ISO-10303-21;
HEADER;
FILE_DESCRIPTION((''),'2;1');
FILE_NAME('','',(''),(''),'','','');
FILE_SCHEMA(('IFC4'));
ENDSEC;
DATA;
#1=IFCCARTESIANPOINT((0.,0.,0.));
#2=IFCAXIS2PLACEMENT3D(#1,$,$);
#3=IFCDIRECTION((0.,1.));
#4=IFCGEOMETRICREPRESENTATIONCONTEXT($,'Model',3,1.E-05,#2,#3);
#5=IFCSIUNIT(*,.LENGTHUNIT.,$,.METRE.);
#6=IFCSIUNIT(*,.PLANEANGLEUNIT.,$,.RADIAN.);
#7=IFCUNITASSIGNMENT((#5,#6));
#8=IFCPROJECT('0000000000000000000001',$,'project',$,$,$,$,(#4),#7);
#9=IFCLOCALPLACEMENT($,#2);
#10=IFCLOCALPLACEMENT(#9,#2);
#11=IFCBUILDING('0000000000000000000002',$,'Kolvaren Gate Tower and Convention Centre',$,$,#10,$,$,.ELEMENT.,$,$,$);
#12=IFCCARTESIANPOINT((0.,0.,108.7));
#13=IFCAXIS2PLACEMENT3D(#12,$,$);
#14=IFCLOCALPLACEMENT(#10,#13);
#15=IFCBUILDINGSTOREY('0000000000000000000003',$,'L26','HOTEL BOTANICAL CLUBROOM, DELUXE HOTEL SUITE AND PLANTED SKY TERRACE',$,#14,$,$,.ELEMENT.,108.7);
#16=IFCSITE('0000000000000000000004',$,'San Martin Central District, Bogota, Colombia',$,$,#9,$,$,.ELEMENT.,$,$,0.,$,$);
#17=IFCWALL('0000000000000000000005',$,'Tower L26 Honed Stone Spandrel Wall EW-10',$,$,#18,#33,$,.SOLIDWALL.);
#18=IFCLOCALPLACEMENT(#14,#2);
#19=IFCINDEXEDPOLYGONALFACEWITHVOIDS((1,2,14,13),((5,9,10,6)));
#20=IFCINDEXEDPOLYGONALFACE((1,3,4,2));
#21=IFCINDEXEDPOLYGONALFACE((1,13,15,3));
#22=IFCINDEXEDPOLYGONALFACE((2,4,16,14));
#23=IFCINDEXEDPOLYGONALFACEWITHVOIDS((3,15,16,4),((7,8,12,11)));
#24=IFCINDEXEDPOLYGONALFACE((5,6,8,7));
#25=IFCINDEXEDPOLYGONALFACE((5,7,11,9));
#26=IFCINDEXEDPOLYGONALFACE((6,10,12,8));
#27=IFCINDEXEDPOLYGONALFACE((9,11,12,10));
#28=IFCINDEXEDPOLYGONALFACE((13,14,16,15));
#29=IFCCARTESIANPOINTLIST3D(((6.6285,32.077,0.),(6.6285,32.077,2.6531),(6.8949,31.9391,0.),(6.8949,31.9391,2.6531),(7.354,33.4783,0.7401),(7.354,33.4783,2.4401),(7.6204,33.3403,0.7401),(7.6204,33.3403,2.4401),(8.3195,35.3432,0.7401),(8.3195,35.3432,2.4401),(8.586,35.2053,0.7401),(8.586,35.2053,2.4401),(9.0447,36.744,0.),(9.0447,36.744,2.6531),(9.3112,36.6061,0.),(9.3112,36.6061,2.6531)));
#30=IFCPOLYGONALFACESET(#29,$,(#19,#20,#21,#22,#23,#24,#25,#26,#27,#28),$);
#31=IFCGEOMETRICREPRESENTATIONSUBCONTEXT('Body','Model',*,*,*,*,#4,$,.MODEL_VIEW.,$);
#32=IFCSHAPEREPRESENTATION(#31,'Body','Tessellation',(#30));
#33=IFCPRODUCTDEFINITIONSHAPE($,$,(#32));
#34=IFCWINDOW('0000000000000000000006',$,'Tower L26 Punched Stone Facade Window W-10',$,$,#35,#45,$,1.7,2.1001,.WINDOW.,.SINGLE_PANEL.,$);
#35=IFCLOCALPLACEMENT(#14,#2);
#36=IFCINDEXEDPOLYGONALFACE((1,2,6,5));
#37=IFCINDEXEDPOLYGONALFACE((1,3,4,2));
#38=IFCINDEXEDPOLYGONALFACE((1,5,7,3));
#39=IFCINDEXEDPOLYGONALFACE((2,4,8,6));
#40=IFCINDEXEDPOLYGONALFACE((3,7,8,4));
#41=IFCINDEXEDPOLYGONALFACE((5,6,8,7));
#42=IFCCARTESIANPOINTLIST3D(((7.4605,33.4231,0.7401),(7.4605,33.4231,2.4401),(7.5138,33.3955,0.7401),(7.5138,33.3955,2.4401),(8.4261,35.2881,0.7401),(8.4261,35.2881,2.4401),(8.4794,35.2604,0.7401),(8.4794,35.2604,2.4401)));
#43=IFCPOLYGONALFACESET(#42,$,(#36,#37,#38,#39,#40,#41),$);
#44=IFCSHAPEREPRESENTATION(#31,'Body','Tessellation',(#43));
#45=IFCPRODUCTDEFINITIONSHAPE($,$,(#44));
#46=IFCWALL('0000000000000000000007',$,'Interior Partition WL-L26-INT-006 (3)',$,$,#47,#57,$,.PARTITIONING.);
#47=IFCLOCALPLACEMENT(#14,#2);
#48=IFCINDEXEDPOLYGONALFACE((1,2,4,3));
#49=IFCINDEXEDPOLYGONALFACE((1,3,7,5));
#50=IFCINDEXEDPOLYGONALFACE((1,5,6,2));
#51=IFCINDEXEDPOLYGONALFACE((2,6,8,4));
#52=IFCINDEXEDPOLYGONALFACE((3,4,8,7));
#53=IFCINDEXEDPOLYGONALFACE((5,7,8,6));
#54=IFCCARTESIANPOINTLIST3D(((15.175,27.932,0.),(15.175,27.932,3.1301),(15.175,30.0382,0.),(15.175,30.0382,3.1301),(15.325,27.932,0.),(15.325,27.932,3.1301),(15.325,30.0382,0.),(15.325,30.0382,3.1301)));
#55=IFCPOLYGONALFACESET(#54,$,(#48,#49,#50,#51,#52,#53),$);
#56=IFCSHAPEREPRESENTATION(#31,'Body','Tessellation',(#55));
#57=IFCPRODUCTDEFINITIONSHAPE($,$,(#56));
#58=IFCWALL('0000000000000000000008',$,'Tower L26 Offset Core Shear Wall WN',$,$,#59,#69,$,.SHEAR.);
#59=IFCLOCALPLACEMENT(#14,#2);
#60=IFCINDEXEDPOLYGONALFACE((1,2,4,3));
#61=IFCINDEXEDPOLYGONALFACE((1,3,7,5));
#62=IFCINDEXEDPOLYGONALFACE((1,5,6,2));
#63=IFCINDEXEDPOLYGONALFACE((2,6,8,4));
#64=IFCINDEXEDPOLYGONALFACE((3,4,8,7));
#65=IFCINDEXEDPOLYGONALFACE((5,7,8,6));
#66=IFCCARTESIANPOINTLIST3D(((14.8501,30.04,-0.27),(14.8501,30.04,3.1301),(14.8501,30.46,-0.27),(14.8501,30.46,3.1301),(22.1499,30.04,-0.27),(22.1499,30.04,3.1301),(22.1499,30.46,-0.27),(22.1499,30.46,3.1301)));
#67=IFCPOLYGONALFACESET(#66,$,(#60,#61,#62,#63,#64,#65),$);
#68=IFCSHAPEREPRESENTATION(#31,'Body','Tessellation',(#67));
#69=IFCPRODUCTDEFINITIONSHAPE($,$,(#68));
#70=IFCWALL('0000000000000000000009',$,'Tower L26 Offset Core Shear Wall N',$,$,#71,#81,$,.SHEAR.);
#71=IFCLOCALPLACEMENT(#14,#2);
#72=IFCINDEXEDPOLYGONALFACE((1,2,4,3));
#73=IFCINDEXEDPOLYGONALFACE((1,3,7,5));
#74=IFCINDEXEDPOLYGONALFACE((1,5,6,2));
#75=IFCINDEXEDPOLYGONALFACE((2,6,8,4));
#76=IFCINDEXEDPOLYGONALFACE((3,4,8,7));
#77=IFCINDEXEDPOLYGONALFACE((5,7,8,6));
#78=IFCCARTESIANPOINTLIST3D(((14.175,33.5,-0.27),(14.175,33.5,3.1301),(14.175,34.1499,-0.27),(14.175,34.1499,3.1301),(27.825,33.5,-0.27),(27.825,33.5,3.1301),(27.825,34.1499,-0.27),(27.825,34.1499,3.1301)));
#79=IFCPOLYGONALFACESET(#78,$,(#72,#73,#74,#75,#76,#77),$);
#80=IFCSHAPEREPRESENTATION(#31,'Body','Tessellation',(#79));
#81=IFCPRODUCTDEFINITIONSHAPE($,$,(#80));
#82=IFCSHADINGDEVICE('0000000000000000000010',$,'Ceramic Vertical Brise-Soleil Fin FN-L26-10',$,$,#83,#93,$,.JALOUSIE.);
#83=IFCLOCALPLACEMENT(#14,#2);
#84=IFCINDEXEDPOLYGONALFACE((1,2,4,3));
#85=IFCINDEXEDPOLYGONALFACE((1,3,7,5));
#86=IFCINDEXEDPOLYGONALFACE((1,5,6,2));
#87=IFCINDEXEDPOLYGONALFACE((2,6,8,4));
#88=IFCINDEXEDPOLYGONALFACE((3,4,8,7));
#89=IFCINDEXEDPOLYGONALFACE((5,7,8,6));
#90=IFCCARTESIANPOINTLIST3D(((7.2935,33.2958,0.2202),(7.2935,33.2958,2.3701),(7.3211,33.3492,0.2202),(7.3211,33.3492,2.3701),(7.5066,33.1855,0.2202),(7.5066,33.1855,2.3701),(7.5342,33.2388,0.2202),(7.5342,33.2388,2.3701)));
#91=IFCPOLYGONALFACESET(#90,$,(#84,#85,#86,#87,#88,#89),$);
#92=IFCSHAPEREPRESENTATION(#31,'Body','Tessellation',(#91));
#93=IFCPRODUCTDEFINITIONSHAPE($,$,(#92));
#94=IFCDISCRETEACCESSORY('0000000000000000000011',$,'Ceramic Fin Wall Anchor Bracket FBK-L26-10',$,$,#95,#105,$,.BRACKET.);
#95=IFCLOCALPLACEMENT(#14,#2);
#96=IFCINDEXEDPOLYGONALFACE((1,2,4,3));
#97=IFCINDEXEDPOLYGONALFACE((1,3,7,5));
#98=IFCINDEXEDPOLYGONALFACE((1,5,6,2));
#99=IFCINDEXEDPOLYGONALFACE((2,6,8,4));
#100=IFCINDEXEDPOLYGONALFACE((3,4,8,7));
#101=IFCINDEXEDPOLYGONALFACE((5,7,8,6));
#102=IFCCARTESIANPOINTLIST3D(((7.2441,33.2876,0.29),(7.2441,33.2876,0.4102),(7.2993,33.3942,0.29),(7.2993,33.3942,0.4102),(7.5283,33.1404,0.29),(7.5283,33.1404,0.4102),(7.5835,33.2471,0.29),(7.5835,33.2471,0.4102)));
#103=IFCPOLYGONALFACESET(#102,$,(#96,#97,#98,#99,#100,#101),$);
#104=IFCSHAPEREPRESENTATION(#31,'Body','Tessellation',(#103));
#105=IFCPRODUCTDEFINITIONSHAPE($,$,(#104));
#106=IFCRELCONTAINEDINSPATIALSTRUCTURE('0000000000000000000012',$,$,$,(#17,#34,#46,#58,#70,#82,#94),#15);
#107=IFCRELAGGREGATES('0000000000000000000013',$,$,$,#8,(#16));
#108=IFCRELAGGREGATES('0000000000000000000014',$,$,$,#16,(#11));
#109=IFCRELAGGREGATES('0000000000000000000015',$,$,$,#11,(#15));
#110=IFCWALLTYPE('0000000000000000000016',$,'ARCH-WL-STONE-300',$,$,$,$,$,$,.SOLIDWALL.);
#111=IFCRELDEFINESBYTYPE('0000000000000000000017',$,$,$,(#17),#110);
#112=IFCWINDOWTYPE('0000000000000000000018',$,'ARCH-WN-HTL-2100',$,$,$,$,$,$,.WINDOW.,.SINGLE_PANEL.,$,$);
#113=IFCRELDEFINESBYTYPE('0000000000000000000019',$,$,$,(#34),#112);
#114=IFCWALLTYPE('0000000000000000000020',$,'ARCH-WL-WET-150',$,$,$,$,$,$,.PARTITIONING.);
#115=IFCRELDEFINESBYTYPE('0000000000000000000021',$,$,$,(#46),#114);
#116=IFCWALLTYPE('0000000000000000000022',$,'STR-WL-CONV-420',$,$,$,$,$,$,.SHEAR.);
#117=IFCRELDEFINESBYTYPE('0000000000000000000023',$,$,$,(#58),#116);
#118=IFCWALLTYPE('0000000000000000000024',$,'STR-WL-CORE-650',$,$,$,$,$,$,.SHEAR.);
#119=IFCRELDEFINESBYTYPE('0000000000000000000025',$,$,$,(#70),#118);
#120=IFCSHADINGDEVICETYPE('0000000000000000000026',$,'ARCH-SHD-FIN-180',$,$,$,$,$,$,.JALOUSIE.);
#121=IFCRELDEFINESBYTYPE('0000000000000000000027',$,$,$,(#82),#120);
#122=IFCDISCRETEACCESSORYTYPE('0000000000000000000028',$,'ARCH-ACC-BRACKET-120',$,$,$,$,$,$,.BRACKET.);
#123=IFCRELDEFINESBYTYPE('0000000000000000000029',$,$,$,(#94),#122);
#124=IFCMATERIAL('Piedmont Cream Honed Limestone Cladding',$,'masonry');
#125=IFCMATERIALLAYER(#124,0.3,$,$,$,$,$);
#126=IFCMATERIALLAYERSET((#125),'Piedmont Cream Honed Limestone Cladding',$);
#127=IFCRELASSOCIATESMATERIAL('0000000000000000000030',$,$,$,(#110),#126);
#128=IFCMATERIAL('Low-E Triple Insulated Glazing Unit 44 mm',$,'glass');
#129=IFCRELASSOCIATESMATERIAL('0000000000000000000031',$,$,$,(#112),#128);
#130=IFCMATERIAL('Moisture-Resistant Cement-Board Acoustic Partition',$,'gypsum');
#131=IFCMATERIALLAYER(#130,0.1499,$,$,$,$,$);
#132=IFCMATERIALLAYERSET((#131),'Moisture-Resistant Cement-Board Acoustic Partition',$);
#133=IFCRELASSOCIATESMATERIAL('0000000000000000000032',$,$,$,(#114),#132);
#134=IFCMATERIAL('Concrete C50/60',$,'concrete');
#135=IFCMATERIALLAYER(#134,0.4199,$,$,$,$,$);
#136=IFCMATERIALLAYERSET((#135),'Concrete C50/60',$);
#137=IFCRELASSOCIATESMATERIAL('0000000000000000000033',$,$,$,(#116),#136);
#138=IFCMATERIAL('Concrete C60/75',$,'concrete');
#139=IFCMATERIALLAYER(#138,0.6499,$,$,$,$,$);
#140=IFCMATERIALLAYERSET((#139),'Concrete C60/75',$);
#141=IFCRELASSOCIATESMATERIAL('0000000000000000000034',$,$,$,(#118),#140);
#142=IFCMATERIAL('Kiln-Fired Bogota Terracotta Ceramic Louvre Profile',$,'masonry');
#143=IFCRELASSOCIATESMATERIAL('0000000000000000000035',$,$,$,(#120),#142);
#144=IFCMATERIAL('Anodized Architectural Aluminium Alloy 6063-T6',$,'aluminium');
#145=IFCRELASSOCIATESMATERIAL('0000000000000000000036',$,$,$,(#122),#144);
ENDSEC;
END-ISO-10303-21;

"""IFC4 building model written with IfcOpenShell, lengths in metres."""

from ifc_helpers import new_model, si_unit, direction, frame, frame_2d, origin, origin_2d, place, context, subcontext, project, spatial, rectangle, extrude, material, layer, layer_set, type_object, element, fill, save


model = new_model("IFC4")

# Units and contexts
model_context = context("Model", 3, precision=1e-05, world=origin(), true_north=direction((0.0, 1.0)))
body_context = subcontext(model_context, "Body", "Model", "MODEL_VIEW")
ifc_project = project(units=[si_unit("LENGTHUNIT", "METRE"), si_unit("PLANEANGLEUNIT", "RADIAN")], contexts=[model_context])

# Site, building, storey
site_placement = place(None, origin())
site = spatial("IfcSite", under=ifc_project, at=site_placement, Name="San Martin Central District, Bogota, Colombia", CompositionType="ELEMENT", RefElevation=0.0)
building_placement = place(site_placement, origin())
building = spatial("IfcBuilding", under=site, at=building_placement, Name="Kolvaren Gate Tower and Convention Centre", CompositionType="ELEMENT")
storey_placement = place(building_placement, frame((0.0, 0.0, 108.7)))
storey = spatial("IfcBuildingStorey", under=building, at=storey_placement, Name="L26", Description="HOTEL BOTANICAL CLUBROOM, DELUXE HOTEL SUITE AND PLANTED SKY TERRACE", CompositionType="ELEMENT", Elevation=108.7)

# Shared definitions
ifc_material_1 = material(Name="Concrete C60/75", Category="concrete")

# Shared definitions
ifc_material_2 = material(Name="Anodized Architectural Aluminium Alloy 6063-T6", Category="aluminium")

# Wall, opening, window
ifc_material_3 = material(Name="Piedmont Cream Honed Limestone Cladding", Category="masonry")
ifc_layer_1 = layer(ifc_material_3, 0.3)
ifc_layer_set_1 = layer_set([ifc_layer_1], Name="Piedmont Cream Honed Limestone Cladding")
wall_type_1 = type_object("IfcWallType", Name="ARCH-WL-STONE-300", PredefinedType="SOLIDWALL", material=ifc_layer_set_1)
wall_1_placement = place(storey_placement, frame((6.7617, 32.0081, 0.0), z_axis=(0.0, 0.0, 1.0), x_axis=(0.459768, 0.888039, 0.0)))
wall_1 = element("IfcWall", 1, at=wall_1_placement, inside=storey, type_object=wall_type_1, Name="Tower L26 Honed Stone Spandrel Wall EW-10", PredefinedType="SOLIDWALL", context=body_context, shape_type="SweptSolid", body=[
    extrude(rectangle(XDim=5.2554, YDim=0.3, at=frame_2d((2.6277, 0.0))), origin(), (0.0, 0.0, 1.0), 2.6531),
])
opening_1_placement = place(wall_1_placement, frame((1.5779, 0.0, 0.74)))
opening_1 = element("IfcOpeningElement", 2, at=opening_1_placement, cuts=wall_1, PredefinedType="OPENING", context=body_context, shape_type="SweptSolid", body=[
    extrude(rectangle(XDim=2.1001, YDim=1.7, at=frame_2d((1.05, 0.8501))), frame((0.0, 0.1599, 0.0), z_axis=(0.0, -1.0, 0.0), x_axis=(1.0, 0.0, 0.0)), (0.0, 0.0, 1.0), 0.3201),
])
ifc_material_4 = material(Name="Low-E Triple Insulated Glazing Unit 44 mm", Category="glass")
window_type = type_object("IfcWindowType", Name="ARCH-WN-HTL-2100", PartitioningType="SINGLE_PANEL", PredefinedType="WINDOW", material=ifc_material_4)
window_placement = place(opening_1_placement, origin())
window = element("IfcWindow", 3, at=window_placement, inside=storey, type_object=window_type, Name="Tower L26 Punched Stone Facade Window W-10", OverallHeight=1.7, OverallWidth=2.1001, PartitioningType="SINGLE_PANEL", PredefinedType="WINDOW", context=body_context, shape_type="SweptSolid", body=[
    extrude(rectangle(XDim=2.1001, YDim=1.7, at=frame_2d((1.05, 0.8501))), frame((0.0, 0.03, 0.0), z_axis=(0.0, -1.0, 0.0), x_axis=(1.0, 0.0, 0.0)), (0.0, 0.0, 1.0), 0.0601),
])
fill(opening_1, window)

# Walls
ifc_material_5 = material(Name="Moisture-Resistant Cement-Board Acoustic Partition", Category="gypsum")
ifc_layer_2 = layer(ifc_material_5, 0.1499)
ifc_layer_set_2 = layer_set([ifc_layer_2], Name="Moisture-Resistant Cement-Board Acoustic Partition")
wall_type_2 = type_object("IfcWallType", Name="ARCH-WL-WET-150", PredefinedType="PARTITIONING", material=ifc_layer_set_2)
wall_2_placement = place(storey_placement, frame((15.25, 27.9319, 0.0), z_axis=(0.0, 0.0, 1.0), x_axis=(0.0, 1.0, 0.0)))
element("IfcWall", 4, at=wall_2_placement, inside=storey, type_object=wall_type_2, Name="Interior Partition WL-L26-INT-006 (3)", PredefinedType="PARTITIONING", context=body_context, shape_type="SweptSolid", body=[
    extrude(rectangle(XDim=2.1062, YDim=0.1499, at=frame_2d((1.0532, 0.0))), origin(), (0.0, 0.0, 1.0), 3.1301),
])
ifc_material_6 = material(Name="Concrete C50/60", Category="concrete")
ifc_layer_3 = layer(ifc_material_6, 0.4199)
ifc_layer_set_3 = layer_set([ifc_layer_3], Name="Concrete C50/60")
wall_type_3 = type_object("IfcWallType", Name="STR-WL-CONV-420", PredefinedType="SHEAR", material=ifc_layer_set_3)
wall_3_placement = place(storey_placement, frame((14.8501, 30.25, -0.27), z_axis=(0.0, 0.0, 1.0), x_axis=(1.0, 0.0, 0.0)))
element("IfcWall", 5, at=wall_3_placement, inside=storey, type_object=wall_type_3, Name="Tower L26 Offset Core Shear Wall WN", PredefinedType="SHEAR", context=body_context, shape_type="SweptSolid", body=[
    extrude(rectangle(XDim=7.2998, YDim=0.4199, at=frame_2d((3.6499, 0.0))), origin(), (0.0, 0.0, 1.0), 3.4001),
])
ifc_layer_4 = layer(ifc_material_1, 0.6499)
ifc_layer_set_4 = layer_set([ifc_layer_4], Name="Concrete C60/75")
wall_type_4 = type_object("IfcWallType", Name="STR-WL-CORE-650", PredefinedType="SHEAR", material=ifc_layer_set_4)
wall_4_placement = place(storey_placement, frame((14.175, 33.825, -0.27), z_axis=(0.0, 0.0, 1.0), x_axis=(1.0, 0.0, 0.0)))
element("IfcWall", 6, at=wall_4_placement, inside=storey, type_object=wall_type_4, Name="Tower L26 Offset Core Shear Wall N", PredefinedType="SHEAR", context=body_context, shape_type="SweptSolid", body=[
    extrude(rectangle(XDim=13.6499, YDim=0.6499, at=frame_2d((6.825, 0.0))), origin(), (0.0, 0.0, 1.0), 3.4001),
])

# Shading device
ifc_material_7 = material(Name="Kiln-Fired Bogota Terracotta Ceramic Louvre Profile", Category="masonry")
shading_device_type = type_object("IfcShadingDeviceType", Name="ARCH-SHD-FIN-180", PredefinedType="JALOUSIE", material=ifc_material_7)
shading_device_placement = place(storey_placement, frame((7.4138, 33.2673, 0.2202), z_axis=(0.0, 0.0, 1.0), x_axis=(0.459781, 0.888032, 0.0)))
element("IfcShadingDevice", 7, at=shading_device_placement, inside=storey, type_object=shading_device_type, Name="Ceramic Vertical Brise-Soleil Fin FN-L26-10", PredefinedType="JALOUSIE", context=body_context, shape_type="SweptSolid", body=[
    extrude(rectangle(XDim=0.0601, YDim=0.24, at=origin_2d()), origin(), (0.0, 0.0, 1.0), 2.1499),
])

# Discrete accessory
discrete_accessory_type = type_object("IfcDiscreteAccessoryType", Name="ARCH-ACC-BRACKET-120", PredefinedType="BRACKET", material=ifc_material_2)
discrete_accessory_placement = place(storey_placement, frame((7.4138, 33.2673, 0.29), z_axis=(0.0, 0.0, 1.0), x_axis=(0.459781, 0.888032, 0.0)))
element("IfcDiscreteAccessory", 8, at=discrete_accessory_placement, inside=storey, type_object=discrete_accessory_type, Name="Ceramic Fin Wall Anchor Bracket FBK-L26-10", PredefinedType="BRACKET", context=body_context, shape_type="SweptSolid", body=[
    extrude(rectangle(XDim=0.1201, YDim=0.3201, at=origin_2d()), origin(), (0.0, 0.0, 1.0), 0.1201),
])

save(model, "model.ifc")
